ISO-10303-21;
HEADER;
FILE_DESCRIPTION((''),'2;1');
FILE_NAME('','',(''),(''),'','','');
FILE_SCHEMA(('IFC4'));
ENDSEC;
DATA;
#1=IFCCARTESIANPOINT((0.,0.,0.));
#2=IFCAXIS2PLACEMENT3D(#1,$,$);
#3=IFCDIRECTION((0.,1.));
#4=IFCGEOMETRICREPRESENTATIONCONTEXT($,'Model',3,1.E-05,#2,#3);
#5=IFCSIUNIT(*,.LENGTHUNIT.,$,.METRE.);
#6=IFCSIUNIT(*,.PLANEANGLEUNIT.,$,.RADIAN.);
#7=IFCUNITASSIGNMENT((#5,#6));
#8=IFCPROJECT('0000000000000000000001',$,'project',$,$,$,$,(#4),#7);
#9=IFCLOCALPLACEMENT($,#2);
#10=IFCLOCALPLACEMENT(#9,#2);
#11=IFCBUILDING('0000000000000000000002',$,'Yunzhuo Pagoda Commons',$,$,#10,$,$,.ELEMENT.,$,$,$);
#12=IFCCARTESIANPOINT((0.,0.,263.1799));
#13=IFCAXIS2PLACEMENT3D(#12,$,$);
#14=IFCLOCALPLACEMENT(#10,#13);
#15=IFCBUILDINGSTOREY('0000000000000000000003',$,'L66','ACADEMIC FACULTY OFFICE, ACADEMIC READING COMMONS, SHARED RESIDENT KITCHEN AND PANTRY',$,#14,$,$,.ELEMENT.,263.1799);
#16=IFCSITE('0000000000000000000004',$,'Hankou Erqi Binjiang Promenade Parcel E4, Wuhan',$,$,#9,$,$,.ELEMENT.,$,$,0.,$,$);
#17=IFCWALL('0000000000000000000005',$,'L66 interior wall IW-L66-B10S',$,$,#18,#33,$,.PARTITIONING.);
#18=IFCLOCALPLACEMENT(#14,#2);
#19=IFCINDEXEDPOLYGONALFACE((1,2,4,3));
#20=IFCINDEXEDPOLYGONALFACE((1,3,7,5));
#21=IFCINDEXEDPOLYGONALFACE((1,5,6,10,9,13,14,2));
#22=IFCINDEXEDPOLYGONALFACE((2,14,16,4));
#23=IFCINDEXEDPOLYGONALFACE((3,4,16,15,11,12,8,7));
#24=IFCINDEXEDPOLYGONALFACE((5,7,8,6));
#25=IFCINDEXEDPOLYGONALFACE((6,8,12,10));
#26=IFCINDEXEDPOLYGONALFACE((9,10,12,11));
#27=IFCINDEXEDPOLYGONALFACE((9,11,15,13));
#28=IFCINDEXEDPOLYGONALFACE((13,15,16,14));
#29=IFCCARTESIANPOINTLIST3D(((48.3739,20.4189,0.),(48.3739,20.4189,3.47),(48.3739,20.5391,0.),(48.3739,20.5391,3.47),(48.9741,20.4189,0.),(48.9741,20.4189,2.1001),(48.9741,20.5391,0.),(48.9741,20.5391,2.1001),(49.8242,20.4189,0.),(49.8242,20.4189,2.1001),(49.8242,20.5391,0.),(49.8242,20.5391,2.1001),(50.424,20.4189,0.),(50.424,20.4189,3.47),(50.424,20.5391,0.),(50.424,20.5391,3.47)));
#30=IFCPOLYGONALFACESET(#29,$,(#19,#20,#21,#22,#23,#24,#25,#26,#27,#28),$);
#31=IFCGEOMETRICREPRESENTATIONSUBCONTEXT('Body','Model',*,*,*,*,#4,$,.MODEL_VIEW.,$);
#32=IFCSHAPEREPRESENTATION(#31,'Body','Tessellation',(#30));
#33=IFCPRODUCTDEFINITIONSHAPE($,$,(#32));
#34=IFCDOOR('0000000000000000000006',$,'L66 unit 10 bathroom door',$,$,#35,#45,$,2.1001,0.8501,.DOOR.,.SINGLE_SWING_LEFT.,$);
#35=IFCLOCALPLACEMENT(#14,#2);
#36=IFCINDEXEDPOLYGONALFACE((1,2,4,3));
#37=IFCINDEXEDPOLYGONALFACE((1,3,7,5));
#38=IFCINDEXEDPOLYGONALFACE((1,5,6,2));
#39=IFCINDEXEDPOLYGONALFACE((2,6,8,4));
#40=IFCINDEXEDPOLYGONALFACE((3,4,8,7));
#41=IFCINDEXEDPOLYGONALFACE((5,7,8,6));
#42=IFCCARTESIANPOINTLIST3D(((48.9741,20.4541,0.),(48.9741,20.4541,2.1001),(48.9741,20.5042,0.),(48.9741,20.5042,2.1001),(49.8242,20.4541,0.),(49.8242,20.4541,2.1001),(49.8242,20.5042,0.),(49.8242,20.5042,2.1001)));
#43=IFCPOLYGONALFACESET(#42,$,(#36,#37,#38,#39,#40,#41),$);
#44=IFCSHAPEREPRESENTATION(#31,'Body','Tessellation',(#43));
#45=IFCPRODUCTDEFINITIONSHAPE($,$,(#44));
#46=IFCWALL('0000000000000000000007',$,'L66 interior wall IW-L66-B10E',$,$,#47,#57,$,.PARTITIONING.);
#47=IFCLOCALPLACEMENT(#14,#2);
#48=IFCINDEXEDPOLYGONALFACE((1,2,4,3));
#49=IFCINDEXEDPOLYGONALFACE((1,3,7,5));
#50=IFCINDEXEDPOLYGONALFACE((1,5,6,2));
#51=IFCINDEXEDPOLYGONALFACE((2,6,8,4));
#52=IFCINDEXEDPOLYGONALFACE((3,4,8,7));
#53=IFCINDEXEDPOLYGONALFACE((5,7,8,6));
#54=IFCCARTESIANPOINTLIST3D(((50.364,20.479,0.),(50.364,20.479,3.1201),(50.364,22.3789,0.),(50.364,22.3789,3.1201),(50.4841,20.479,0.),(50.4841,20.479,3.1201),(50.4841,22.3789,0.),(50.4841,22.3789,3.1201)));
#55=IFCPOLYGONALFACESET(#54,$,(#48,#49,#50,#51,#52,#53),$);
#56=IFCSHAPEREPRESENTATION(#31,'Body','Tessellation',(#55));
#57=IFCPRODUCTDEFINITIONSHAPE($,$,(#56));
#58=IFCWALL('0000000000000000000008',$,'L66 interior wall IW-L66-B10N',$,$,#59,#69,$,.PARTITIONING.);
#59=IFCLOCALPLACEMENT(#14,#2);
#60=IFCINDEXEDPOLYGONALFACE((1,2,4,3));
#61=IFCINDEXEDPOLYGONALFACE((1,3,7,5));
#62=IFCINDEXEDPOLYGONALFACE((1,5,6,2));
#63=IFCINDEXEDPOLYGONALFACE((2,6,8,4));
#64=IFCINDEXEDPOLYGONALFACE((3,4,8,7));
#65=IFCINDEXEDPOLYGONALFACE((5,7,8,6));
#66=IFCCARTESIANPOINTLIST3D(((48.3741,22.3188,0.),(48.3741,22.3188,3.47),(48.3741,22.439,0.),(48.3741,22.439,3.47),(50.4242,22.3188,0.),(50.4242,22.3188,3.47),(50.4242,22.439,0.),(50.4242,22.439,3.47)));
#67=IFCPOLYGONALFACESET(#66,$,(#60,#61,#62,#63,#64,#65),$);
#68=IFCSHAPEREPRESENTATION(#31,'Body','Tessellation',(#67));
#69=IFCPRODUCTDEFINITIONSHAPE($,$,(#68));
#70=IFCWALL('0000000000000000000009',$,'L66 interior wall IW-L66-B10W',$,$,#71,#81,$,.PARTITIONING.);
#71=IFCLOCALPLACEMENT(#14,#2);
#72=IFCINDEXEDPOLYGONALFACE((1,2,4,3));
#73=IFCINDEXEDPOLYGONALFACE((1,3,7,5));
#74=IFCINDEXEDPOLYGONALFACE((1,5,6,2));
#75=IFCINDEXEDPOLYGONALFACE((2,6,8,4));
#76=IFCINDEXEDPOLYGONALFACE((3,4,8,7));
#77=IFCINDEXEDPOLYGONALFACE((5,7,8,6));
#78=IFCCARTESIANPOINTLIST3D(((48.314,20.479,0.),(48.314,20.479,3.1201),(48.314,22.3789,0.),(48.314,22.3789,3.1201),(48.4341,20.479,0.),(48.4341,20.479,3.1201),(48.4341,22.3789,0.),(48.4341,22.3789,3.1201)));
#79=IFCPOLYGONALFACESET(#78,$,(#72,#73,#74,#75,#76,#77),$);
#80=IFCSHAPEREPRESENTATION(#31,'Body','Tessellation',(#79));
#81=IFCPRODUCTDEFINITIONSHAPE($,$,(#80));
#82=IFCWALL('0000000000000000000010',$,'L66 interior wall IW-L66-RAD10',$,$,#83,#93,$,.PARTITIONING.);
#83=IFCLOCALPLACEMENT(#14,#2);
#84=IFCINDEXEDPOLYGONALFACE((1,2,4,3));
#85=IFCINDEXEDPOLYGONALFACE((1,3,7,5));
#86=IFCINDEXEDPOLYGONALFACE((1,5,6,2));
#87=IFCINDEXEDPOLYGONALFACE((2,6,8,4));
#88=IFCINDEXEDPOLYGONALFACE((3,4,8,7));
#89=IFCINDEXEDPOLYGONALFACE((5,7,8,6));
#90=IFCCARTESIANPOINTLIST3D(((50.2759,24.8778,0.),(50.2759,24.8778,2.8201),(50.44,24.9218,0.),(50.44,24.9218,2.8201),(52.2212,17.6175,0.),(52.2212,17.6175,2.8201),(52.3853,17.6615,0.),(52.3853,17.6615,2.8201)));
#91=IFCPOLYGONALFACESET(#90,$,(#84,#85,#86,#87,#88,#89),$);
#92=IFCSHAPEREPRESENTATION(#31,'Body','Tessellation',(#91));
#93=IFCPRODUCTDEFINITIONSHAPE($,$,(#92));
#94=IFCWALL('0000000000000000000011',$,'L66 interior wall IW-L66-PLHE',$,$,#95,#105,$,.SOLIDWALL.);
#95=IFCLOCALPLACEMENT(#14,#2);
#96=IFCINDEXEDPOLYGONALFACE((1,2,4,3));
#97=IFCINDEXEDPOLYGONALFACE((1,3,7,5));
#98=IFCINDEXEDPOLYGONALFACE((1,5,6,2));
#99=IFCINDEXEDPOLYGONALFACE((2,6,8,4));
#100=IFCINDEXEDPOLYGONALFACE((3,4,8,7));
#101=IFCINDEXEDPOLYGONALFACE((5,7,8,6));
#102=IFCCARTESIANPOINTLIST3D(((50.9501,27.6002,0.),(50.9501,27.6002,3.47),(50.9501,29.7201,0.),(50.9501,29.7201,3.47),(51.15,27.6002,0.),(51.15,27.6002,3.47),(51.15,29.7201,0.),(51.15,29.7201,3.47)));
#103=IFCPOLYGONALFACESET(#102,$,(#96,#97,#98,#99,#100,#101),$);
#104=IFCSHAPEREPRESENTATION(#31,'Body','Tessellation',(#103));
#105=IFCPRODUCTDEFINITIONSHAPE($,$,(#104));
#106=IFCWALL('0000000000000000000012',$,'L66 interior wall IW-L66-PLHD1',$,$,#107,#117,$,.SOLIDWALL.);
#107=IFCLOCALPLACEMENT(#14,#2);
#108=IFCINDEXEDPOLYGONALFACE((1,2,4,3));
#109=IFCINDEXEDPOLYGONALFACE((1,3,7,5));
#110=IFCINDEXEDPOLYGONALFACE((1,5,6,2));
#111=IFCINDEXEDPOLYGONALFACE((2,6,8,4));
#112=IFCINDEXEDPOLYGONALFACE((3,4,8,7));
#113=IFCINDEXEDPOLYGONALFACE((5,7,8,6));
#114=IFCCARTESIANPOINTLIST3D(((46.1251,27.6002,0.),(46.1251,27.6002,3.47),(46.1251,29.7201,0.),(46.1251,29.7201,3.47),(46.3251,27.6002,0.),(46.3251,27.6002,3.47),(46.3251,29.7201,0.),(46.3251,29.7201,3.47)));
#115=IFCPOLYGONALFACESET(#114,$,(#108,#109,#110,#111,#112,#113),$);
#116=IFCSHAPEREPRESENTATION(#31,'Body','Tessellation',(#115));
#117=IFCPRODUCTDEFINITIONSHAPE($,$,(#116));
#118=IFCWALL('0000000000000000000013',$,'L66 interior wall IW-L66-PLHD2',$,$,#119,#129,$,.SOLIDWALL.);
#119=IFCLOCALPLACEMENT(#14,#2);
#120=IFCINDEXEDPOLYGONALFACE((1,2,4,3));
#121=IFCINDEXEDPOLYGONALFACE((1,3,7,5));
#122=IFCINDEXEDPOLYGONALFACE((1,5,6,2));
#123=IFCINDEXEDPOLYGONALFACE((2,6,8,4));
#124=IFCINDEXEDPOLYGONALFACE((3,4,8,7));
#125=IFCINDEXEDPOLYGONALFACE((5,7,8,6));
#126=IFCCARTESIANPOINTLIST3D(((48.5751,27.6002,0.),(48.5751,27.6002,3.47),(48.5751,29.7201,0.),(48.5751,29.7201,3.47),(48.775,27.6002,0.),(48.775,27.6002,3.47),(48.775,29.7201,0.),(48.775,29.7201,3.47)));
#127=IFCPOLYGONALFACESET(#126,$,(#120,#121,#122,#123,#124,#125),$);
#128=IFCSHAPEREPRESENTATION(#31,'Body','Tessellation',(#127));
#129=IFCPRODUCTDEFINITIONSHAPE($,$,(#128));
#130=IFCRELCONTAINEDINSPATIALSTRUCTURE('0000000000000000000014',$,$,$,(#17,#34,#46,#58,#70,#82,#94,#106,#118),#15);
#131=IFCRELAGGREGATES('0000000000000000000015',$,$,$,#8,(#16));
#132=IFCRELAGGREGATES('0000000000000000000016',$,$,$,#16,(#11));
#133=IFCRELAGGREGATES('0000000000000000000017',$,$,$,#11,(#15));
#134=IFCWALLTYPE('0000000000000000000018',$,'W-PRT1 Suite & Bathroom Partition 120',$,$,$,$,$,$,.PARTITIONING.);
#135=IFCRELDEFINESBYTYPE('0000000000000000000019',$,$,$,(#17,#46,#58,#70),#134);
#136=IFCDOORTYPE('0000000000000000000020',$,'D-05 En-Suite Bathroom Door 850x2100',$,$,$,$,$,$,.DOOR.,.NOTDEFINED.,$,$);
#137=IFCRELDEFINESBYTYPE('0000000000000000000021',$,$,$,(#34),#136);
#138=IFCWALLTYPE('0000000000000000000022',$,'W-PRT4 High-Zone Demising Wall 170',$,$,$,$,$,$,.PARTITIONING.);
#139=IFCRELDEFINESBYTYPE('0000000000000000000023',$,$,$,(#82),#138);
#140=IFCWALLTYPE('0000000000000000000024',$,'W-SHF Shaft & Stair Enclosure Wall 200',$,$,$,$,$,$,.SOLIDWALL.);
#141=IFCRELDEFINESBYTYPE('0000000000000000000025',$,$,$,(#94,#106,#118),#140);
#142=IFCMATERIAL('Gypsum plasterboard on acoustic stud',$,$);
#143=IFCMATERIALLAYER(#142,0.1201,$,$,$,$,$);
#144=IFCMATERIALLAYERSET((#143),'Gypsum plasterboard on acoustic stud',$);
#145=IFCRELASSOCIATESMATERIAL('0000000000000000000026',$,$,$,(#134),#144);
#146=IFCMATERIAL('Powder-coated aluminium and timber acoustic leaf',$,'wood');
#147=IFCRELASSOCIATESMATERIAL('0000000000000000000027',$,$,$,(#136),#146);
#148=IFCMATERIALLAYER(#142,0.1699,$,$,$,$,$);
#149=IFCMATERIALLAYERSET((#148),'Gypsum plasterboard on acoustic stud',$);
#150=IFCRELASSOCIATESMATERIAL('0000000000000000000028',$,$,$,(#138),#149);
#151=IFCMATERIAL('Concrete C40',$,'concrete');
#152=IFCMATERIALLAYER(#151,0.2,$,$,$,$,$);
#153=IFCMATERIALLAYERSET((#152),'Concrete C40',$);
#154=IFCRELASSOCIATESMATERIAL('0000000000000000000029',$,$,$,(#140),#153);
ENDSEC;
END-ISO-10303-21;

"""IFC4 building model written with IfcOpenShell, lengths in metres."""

from ifc_helpers import new_model, si_unit, direction, frame, frame_2d, origin, place, context, subcontext, project, spatial, rectangle, extrude, source, transform, mapped, material, layer, layer_set, type_object, element, fill, save


model = new_model("IFC4")

# Units and contexts
model_context = context("Model", 3, precision=1e-05, world=origin(), true_north=direction((0.0, 1.0)))
body_context = subcontext(model_context, "Body", "Model", "MODEL_VIEW")
ifc_project = project(units=[si_unit("LENGTHUNIT", "METRE"), si_unit("PLANEANGLEUNIT", "RADIAN")], contexts=[model_context])

# Site, building, storey
site_placement = place(None, origin())
site = spatial("IfcSite", under=ifc_project, at=site_placement, Name="Hankou Erqi Binjiang Promenade Parcel E4, Wuhan", CompositionType="ELEMENT", RefElevation=0.0)
building_placement = place(site_placement, origin())
building = spatial("IfcBuilding", under=site, at=building_placement, Name="Yunzhuo Pagoda Commons", CompositionType="ELEMENT")
storey_placement = place(building_placement, frame((0.0, 0.0, 263.1799)))
storey = spatial("IfcBuildingStorey", under=building, at=storey_placement, Name="L66", Description="ACADEMIC FACULTY OFFICE, ACADEMIC READING COMMONS, SHARED RESIDENT KITCHEN AND PANTRY", CompositionType="ELEMENT", Elevation=263.1799)

# Wall, opening, door
ifc_material_1 = material(Name="Gypsum plasterboard on acoustic stud")
ifc_layer_1 = layer(ifc_material_1, 0.1201)
ifc_layer_set_1 = layer_set([ifc_layer_1], Name="Gypsum plasterboard on acoustic stud")
wall_type_1 = type_object("IfcWallType", Name="W-PRT1 Suite & Bathroom Partition 120", PredefinedType="PARTITIONING", material=ifc_layer_set_1)
wall_1_placement = place(storey_placement, frame((48.374, 20.479, 0.0), z_axis=(0.0, 0.0, 1.0), x_axis=(1.0, 0.0, 0.0)))
wall_1 = element("IfcWall", 1, at=wall_1_placement, inside=storey, type_object=wall_type_1, Name="L66 interior wall IW-L66-B10S", PredefinedType="PARTITIONING", context=body_context, shape_type="SweptSolid", body=[
    extrude(rectangle(XDim=2.05, YDim=0.1201, at=frame_2d((1.0249, 0.0))), origin(), (0.0, 0.0, 1.0), 3.47),
])
opening_1_placement = place(wall_1_placement, frame((0.6001, 0.0, 0.0)))
opening_1 = element("IfcOpeningElement", 2, at=opening_1_placement, cuts=wall_1, PredefinedType="OPENING", context=body_context, shape_type="SweptSolid", body=[
    extrude(rectangle(XDim=0.8501, YDim=2.1001, at=frame_2d((0.425, 1.05))), frame((0.0, 0.0701, 0.0), z_axis=(0.0, -1.0, 0.0), x_axis=(1.0, 0.0, 0.0)), (0.0, 0.0, 1.0), 0.1401),
])
ifc_material_2 = material(Name="Powder-coated aluminium and timber acoustic leaf", Category="wood")
door_type_1 = type_object("IfcDoorType", Name="D-05 En-Suite Bathroom Door 850x2100", OperationType="NOTDEFINED", PredefinedType="DOOR", material=ifc_material_2)
shared_shape_1 = source(origin(), body_context, "Body", "SweptSolid", [
    extrude(rectangle(XDim=0.8501, YDim=2.1001, at=frame_2d((0.425, 1.05))), frame((0.0, 0.0249, 0.0), z_axis=(0.0, -1.0, 0.0), x_axis=(1.0, 0.0, 0.0)), (0.0, 0.0, 1.0), 0.05),
])
door_1_placement = place(opening_1_placement, frame((0.8501, 0.0, 0.0), z_axis=(0.0, 0.0, 1.0), x_axis=(-1.0, 0.0, 0.0)))
door_1 = element("IfcDoor", 3, at=door_1_placement, inside=storey, type_object=door_type_1, Name="L66 unit 10 bathroom door", OperationType="SINGLE_SWING_LEFT", OverallHeight=2.1001, OverallWidth=0.8501, PredefinedType="DOOR", context=body_context, shape_type="MappedRepresentation", body=[
    mapped(shared_shape_1, transform((0.0, 0.0, 0.0), scale=1.0)),
])
fill(opening_1, door_1)

# Walls
wall_2_placement = place(storey_placement, frame((50.4241, 20.479, 0.0), z_axis=(0.0, 0.0, 1.0), x_axis=(0.0, 1.0, 0.0)))
element("IfcWall", 4, at=wall_2_placement, inside=storey, type_object=wall_type_1, Name="L66 interior wall IW-L66-B10E", PredefinedType="PARTITIONING", context=body_context, shape_type="SweptSolid", body=[
    extrude(rectangle(XDim=1.8999, YDim=0.1201, at=frame_2d((0.95, 0.0))), origin(), (0.0, 0.0, 1.0), 3.1201),
])
wall_3_placement = place(storey_placement, frame((50.4241, 22.3789, 0.0), z_axis=(0.0, 0.0, 1.0), x_axis=(-1.0, 0.0, 0.0)))
element("IfcWall", 5, at=wall_3_placement, inside=storey, type_object=wall_type_1, Name="L66 interior wall IW-L66-B10N", PredefinedType="PARTITIONING", context=body_context, shape_type="SweptSolid", body=[
    extrude(rectangle(XDim=2.05, YDim=0.1201, at=frame_2d((1.0249, 0.0))), origin(), (0.0, 0.0, 1.0), 3.47),
])
wall_4_placement = place(storey_placement, frame((48.374, 22.3789, 0.0), z_axis=(0.0, 0.0, 1.0), x_axis=(0.0, -1.0, 0.0)))
element("IfcWall", 6, at=wall_4_placement, inside=storey, type_object=wall_type_1, Name="L66 interior wall IW-L66-B10W", PredefinedType="PARTITIONING", context=body_context, shape_type="SweptSolid", body=[
    extrude(rectangle(XDim=1.8999, YDim=0.1201, at=frame_2d((0.95, 0.0))), origin(), (0.0, 0.0, 1.0), 3.1201),
])
ifc_layer_2 = layer(ifc_material_1, 0.1699)
ifc_layer_set_2 = layer_set([ifc_layer_2], Name="Gypsum plasterboard on acoustic stud")
wall_type_2 = type_object("IfcWallType", Name="W-PRT4 High-Zone Demising Wall 170", PredefinedType="PARTITIONING", material=ifc_layer_set_2)
wall_5_placement = place(storey_placement, frame((50.3579, 24.8999, 0.0), z_axis=(0.0, 0.0, 1.0), x_axis=(0.258811, -0.965928, 0.0)))
element("IfcWall", 7, at=wall_5_placement, inside=storey, type_object=wall_type_2, Name="L66 interior wall IW-L66-RAD10", PredefinedType="PARTITIONING", context=body_context, shape_type="SweptSolid", body=[
    extrude(rectangle(XDim=7.5164, YDim=0.1699, at=frame_2d((3.7583, 0.0))), origin(), (0.0, 0.0, 1.0), 2.8201),
])
ifc_material_3 = material(Name="Concrete C40", Category="concrete")
ifc_layer_3 = layer(ifc_material_3, 0.2)
ifc_layer_set_3 = layer_set([ifc_layer_3], Name="Concrete C40")
wall_type_3 = type_object("IfcWallType", Name="W-SHF Shaft & Stair Enclosure Wall 200", PredefinedType="SOLIDWALL", material=ifc_layer_set_3)
for number, where, z_axis, x_axis, name in (
    (8, (51.05, 27.6001, 0.0), (0.0, 0.0, 1.0), (0.0, 1.0, 0.0), "L66 interior wall IW-L66-PLHE"),
    (9, (46.2251, 27.6001, 0.0), (0.0, 0.0, 1.0), (0.0, 1.0, 0.0), "L66 interior wall IW-L66-PLHD1"),
    (10, (48.675, 27.6001, 0.0), (0.0, 0.0, 1.0), (0.0, 1.0, 0.0), "L66 interior wall IW-L66-PLHD2"),
):
    element("IfcWall", number, at=place(storey_placement, frame(where, z_axis=z_axis, x_axis=x_axis)), inside=storey, type_object=wall_type_3, Name=name, PredefinedType="SOLIDWALL", context=body_context, shape_type="SweptSolid", body=[
        extrude(rectangle(XDim=2.1199, YDim=0.2, at=frame_2d((1.0601, 0.0))), origin(), (0.0, 0.0, 1.0), 3.47),
    ])

save(model, "model.ifc")
